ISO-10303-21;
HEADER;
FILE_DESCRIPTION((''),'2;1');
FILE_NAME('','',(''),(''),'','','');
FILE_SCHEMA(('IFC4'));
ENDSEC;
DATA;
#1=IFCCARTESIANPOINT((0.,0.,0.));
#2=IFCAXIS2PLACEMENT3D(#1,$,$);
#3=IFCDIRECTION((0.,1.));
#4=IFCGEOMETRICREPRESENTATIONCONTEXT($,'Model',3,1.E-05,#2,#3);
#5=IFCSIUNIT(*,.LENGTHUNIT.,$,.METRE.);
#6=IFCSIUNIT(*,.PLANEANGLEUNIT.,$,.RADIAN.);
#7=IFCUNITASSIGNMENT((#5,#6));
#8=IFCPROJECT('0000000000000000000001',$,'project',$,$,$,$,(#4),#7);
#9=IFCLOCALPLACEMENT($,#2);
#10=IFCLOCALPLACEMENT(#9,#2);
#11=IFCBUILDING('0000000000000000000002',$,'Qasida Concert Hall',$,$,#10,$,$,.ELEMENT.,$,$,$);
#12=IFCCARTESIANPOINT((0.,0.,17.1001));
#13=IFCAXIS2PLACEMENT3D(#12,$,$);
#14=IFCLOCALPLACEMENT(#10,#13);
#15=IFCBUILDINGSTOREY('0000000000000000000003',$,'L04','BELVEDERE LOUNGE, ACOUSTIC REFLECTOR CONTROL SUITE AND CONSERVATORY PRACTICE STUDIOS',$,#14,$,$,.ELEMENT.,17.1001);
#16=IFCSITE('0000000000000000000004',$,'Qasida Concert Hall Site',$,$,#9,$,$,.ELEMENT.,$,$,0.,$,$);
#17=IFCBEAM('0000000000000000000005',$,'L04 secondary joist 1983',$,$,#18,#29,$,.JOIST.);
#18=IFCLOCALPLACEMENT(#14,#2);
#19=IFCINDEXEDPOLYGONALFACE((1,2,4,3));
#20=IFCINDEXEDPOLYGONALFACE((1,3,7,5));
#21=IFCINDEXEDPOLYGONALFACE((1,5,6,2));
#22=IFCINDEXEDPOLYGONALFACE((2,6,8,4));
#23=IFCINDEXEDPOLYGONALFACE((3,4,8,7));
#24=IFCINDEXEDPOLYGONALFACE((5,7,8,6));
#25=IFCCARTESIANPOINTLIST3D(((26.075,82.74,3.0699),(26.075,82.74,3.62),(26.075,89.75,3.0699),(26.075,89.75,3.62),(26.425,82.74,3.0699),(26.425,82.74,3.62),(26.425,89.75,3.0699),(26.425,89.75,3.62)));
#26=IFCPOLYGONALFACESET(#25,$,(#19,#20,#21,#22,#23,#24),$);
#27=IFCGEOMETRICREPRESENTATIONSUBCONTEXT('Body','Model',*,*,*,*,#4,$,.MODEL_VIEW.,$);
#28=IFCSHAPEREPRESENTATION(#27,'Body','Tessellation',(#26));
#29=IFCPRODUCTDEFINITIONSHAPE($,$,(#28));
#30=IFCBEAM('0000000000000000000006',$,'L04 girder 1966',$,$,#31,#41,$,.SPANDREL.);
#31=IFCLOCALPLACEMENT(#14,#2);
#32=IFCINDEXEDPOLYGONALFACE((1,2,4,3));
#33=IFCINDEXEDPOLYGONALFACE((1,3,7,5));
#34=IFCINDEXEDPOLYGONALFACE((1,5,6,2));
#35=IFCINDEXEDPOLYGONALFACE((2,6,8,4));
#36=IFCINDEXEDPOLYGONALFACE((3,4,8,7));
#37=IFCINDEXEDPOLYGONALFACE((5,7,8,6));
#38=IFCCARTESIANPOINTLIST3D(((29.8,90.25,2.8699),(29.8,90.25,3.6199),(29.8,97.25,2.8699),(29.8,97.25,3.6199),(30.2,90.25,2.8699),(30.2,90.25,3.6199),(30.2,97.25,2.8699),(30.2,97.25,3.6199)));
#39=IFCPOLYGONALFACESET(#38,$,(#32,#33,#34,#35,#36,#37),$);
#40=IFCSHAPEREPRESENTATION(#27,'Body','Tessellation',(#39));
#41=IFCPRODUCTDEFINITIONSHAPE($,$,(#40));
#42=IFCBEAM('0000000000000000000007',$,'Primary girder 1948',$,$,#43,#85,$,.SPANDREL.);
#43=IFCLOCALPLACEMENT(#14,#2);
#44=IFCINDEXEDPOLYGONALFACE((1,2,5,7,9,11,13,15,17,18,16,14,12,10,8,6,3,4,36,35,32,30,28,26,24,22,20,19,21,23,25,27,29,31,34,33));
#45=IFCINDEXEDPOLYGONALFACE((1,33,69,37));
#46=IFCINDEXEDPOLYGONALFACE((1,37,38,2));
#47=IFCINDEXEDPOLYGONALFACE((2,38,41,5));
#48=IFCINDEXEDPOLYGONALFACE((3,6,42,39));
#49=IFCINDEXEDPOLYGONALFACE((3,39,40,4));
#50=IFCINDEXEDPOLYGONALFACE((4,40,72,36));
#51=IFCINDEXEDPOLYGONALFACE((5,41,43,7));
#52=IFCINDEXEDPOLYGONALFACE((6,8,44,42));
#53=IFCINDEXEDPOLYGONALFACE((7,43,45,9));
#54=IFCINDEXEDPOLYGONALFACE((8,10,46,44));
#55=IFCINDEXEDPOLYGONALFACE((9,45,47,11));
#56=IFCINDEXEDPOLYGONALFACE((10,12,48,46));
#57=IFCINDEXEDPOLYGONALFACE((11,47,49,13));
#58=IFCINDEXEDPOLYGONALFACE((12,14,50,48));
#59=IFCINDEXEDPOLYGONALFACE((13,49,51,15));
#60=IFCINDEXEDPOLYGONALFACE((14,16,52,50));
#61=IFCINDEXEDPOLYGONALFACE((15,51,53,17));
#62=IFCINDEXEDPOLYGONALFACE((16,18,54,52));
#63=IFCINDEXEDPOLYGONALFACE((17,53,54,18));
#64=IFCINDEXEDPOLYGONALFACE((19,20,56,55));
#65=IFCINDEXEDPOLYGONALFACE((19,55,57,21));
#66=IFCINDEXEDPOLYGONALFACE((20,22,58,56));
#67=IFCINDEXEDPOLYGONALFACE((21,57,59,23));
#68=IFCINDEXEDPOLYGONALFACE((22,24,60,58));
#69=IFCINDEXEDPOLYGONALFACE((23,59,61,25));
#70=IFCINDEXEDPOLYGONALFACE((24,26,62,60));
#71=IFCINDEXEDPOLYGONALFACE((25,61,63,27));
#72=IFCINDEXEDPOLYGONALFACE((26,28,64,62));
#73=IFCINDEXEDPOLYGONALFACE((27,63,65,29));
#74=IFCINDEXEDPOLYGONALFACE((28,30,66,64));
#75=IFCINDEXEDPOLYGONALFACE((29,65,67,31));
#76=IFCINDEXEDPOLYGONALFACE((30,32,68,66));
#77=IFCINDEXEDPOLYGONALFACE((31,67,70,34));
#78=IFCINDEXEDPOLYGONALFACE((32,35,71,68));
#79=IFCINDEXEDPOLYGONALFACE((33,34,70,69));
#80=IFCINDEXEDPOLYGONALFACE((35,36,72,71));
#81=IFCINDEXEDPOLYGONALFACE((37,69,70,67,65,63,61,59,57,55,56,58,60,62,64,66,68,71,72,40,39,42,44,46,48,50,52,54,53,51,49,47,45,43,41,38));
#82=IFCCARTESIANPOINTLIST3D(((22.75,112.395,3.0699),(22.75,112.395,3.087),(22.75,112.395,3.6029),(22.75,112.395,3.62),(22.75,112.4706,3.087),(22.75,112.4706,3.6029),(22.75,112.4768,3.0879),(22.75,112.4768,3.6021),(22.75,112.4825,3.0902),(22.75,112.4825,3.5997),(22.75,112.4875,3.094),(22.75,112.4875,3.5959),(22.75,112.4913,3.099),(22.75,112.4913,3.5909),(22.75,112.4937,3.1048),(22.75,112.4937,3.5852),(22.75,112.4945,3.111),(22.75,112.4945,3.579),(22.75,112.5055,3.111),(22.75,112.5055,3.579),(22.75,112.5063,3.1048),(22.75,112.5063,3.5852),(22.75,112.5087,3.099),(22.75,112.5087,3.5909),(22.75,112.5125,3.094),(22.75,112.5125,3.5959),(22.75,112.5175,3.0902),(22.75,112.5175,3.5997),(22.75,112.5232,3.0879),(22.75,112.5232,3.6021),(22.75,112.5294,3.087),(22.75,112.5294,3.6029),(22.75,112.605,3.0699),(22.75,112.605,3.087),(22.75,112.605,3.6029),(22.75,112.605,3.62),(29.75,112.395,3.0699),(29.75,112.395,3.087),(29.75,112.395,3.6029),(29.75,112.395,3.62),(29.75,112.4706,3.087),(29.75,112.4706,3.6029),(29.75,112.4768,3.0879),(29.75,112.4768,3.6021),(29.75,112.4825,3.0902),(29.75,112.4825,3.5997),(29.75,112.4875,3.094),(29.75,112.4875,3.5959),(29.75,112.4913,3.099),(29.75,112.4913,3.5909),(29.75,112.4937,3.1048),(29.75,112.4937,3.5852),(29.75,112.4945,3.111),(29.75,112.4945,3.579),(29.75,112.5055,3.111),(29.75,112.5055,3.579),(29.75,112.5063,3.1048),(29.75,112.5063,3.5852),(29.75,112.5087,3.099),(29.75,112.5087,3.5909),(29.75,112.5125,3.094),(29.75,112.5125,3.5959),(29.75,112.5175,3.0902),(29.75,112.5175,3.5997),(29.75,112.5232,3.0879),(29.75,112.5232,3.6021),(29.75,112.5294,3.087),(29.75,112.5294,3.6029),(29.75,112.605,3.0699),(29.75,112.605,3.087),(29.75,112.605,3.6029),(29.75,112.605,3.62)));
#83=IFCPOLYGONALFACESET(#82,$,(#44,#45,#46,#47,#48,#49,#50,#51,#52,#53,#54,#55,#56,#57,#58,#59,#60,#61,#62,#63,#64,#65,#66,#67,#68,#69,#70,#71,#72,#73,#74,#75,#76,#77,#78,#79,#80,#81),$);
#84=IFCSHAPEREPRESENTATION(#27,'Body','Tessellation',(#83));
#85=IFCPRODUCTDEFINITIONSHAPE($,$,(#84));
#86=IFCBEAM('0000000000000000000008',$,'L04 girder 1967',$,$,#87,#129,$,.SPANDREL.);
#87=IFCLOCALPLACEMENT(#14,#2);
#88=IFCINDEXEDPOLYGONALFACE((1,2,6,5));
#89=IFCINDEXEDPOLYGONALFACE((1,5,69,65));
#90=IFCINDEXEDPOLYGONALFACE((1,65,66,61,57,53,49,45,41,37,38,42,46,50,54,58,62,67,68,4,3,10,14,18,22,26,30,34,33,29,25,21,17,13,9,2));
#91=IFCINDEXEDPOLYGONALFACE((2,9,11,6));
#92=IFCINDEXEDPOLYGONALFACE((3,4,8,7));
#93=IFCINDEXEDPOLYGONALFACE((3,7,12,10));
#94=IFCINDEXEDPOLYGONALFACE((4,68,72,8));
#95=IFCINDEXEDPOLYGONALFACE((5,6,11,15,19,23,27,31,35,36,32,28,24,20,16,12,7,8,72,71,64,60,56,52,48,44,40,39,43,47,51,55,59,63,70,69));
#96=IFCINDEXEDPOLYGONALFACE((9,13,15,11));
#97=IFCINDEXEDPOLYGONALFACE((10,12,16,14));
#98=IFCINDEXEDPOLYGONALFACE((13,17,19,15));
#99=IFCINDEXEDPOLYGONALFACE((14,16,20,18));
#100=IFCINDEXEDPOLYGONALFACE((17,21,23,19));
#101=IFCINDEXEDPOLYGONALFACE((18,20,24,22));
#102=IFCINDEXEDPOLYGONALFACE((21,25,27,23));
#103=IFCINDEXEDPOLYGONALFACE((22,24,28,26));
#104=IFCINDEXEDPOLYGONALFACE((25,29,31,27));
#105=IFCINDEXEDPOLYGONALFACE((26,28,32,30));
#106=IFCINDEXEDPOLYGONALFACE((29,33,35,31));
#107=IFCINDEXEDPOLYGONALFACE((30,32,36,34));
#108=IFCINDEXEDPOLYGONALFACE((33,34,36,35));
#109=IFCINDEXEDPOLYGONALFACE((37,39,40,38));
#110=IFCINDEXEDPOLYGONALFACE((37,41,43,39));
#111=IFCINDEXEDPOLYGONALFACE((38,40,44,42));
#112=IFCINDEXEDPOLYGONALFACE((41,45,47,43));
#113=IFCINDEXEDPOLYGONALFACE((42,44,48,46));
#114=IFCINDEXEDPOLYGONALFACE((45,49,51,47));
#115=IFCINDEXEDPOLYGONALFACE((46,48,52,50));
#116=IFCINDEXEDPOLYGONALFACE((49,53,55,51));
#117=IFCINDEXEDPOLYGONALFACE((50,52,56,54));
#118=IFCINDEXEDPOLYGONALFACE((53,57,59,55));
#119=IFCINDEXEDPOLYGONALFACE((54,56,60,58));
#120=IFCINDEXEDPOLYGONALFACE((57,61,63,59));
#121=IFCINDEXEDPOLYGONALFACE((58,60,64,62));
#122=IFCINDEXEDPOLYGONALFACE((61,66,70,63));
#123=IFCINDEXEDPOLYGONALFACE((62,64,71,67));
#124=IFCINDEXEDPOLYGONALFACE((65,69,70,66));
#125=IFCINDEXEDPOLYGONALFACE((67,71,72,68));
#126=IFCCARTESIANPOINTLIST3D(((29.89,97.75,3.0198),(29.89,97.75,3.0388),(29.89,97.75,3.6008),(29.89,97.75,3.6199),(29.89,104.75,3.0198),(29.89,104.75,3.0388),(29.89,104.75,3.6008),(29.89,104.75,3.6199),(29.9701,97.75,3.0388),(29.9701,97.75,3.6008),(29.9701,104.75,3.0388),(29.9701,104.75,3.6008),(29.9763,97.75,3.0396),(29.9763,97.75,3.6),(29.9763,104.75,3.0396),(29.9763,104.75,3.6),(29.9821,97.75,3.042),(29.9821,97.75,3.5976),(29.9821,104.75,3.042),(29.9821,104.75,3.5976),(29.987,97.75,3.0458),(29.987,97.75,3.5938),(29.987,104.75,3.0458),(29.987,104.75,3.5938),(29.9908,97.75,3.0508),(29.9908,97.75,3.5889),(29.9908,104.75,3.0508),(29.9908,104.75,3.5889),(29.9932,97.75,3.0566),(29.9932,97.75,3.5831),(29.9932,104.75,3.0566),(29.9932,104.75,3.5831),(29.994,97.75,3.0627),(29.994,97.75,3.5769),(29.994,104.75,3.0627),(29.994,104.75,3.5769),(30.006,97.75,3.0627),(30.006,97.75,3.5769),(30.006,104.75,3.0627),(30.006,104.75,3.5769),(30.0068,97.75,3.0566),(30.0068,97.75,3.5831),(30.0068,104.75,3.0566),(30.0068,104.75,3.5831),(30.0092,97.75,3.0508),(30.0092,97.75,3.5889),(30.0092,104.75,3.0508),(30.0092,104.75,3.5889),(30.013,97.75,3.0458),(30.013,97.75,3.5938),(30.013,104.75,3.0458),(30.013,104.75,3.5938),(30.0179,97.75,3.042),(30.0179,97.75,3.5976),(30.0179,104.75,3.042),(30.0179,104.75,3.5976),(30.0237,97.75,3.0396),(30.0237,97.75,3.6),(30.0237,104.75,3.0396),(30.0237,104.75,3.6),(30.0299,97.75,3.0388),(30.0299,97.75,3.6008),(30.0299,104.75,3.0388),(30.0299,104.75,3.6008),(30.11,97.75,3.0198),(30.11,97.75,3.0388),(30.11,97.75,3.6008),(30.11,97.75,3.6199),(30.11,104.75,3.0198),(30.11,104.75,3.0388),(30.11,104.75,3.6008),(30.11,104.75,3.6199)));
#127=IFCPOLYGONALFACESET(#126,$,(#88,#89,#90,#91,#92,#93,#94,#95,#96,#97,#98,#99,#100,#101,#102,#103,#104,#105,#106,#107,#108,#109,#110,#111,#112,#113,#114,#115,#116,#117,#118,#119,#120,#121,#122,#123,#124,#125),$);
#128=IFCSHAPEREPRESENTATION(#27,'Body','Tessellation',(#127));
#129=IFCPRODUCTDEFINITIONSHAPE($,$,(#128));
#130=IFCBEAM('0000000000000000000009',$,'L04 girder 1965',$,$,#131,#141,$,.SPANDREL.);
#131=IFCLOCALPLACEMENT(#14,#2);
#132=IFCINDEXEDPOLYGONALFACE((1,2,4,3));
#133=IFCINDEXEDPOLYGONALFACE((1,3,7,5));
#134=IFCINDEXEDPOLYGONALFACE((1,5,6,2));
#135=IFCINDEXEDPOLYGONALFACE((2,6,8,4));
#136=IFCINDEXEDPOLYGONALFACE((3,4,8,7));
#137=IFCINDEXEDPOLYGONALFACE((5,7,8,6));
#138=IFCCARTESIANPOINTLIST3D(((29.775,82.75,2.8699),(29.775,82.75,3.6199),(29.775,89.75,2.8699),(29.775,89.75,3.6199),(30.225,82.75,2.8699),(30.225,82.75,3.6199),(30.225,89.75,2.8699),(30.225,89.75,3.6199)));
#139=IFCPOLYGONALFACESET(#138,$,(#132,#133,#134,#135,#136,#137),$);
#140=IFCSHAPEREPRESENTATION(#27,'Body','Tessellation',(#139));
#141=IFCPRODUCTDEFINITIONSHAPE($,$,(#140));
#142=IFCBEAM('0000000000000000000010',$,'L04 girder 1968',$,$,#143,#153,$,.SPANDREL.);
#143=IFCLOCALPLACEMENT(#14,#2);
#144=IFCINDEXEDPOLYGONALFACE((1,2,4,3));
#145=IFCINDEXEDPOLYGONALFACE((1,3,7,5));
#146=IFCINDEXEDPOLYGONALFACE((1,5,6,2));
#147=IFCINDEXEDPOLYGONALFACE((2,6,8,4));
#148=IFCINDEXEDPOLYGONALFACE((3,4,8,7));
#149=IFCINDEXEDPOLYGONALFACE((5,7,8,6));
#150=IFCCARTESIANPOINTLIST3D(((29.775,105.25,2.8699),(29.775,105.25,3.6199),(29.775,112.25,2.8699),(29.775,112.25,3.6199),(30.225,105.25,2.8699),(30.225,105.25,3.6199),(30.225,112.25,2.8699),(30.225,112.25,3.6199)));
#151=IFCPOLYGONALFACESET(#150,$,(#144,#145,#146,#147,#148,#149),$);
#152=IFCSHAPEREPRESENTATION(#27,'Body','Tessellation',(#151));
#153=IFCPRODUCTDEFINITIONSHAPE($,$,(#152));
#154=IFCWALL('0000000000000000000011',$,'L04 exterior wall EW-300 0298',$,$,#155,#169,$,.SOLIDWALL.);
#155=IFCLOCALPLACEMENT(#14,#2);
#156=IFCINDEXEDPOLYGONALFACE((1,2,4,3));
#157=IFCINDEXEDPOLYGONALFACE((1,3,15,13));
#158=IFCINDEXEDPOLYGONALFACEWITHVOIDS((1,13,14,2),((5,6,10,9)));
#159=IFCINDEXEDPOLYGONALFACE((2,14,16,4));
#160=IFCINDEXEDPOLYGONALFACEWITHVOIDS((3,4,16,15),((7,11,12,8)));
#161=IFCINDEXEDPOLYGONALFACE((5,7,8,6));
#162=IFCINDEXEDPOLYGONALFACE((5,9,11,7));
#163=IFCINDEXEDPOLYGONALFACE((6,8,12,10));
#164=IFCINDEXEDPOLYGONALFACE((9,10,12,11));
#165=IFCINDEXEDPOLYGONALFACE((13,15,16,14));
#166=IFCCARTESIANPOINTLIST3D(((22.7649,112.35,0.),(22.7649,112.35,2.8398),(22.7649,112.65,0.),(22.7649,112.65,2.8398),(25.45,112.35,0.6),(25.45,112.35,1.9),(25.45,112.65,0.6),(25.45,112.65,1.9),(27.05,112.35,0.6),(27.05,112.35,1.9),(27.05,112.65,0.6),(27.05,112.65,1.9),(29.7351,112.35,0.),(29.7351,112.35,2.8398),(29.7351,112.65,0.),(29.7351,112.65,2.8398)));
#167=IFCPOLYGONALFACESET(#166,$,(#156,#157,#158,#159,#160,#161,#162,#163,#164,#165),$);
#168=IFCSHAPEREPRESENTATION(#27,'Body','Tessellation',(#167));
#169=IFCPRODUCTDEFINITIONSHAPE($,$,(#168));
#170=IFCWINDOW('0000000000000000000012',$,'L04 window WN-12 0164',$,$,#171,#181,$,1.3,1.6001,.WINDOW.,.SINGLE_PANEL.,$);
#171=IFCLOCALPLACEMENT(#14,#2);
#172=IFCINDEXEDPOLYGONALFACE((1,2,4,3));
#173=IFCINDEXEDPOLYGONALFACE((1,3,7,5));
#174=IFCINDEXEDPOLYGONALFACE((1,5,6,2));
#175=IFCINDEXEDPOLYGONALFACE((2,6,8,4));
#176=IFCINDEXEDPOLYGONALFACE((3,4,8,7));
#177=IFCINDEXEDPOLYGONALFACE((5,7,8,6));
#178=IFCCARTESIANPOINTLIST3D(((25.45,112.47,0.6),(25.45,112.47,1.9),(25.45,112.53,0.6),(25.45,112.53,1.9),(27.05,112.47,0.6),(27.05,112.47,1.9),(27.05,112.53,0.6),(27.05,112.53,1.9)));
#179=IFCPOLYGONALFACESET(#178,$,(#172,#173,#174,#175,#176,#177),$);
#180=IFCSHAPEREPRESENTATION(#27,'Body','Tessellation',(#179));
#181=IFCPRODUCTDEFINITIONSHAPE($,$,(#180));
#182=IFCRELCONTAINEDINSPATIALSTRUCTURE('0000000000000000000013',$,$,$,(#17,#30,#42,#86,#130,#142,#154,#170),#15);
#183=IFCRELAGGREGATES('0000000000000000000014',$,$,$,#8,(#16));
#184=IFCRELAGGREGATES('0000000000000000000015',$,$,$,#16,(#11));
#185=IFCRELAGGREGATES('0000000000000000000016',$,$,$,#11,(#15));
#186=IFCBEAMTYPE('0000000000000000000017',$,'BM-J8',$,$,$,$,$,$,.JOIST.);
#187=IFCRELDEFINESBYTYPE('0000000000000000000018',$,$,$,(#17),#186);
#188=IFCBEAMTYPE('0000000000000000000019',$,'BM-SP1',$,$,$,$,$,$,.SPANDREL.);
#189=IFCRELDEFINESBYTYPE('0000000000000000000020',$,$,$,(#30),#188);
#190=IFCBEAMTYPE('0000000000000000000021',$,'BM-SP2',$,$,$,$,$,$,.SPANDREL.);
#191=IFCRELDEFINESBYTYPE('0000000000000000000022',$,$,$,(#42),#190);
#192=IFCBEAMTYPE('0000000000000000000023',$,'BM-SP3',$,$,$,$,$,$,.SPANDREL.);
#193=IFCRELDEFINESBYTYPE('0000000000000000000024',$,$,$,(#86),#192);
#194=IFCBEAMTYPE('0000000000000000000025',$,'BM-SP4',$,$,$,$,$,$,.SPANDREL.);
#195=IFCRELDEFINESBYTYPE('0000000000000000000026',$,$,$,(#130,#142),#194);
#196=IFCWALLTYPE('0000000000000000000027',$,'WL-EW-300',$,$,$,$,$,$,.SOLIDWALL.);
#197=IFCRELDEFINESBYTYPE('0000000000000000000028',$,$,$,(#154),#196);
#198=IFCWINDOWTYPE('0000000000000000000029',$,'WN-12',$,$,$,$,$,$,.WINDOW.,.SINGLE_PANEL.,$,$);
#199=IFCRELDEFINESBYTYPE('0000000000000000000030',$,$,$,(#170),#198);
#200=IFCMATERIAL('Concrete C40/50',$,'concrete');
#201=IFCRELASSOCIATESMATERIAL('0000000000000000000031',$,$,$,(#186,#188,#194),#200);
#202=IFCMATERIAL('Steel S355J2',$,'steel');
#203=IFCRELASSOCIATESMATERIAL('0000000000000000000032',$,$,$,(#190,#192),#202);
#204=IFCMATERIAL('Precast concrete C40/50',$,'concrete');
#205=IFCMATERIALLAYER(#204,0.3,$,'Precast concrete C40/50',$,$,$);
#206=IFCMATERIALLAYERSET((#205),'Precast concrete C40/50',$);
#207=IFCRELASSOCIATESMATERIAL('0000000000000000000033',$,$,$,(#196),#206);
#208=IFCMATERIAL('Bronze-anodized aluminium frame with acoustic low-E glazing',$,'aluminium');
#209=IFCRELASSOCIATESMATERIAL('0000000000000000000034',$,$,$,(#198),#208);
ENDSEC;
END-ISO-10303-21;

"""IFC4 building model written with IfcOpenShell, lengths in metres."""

from ifc_helpers import new_model, si_unit, direction, frame, frame_2d, origin, origin_2d, place, context, subcontext, project, spatial, rectangle, i_section, extrude, material, layer, layer_set, material_profile, profile_set, type_object, element, fill, save


model = new_model("IFC4")

# Units and contexts
model_context = context("Model", 3, precision=1e-05, world=origin(), true_north=direction((0.0, 1.0)))
body_context = subcontext(model_context, "Body", "Model", "MODEL_VIEW")
ifc_project = project(units=[si_unit("LENGTHUNIT", "METRE"), si_unit("PLANEANGLEUNIT", "RADIAN")], contexts=[model_context])

# Site, building, storey
site_placement = place(None, origin())
site = spatial("IfcSite", under=ifc_project, at=site_placement, Name="Qasida Concert Hall Site", CompositionType="ELEMENT", RefElevation=0.0)
building_placement = place(site_placement, origin())
building = spatial("IfcBuilding", under=site, at=building_placement, Name="Qasida Concert Hall", CompositionType="ELEMENT")
storey_placement = place(building_placement, frame((0.0, 0.0, 17.1001)))
storey = spatial("IfcBuildingStorey", under=building, at=storey_placement, Name="L04", Description="BELVEDERE LOUNGE, ACOUSTIC REFLECTOR CONTROL SUITE AND CONSERVATORY PRACTICE STUDIOS", CompositionType="ELEMENT", Elevation=17.1001)

# Beams
ifc_material_1 = material(Name="Concrete C40/50", Category="concrete")
ifc_material_2 = material(Name="Steel S355J2", Category="steel")
ifc_material_profile_1 = material_profile(ifc_material_1, rectangle(XDim=0.3501, YDim=0.55, at=origin_2d()), Name="RC 350x550")
ifc_profile_set_1 = profile_set([ifc_material_profile_1], Name="Concrete C40/50")
beam_type_1 = type_object("IfcBeamType", Name="BM-J8", PredefinedType="JOIST", material=ifc_profile_set_1)
beam_1_placement = place(storey_placement, frame((26.25, 82.74, 3.345), z_axis=(0.0, 1.0, 0.0), x_axis=(-1.0, 0.0, 0.0)))
element("IfcBeam", 1, at=beam_1_placement, inside=storey, type_object=beam_type_1, Name="L04 secondary joist 1983", PredefinedType="JOIST", context=body_context, shape_type="SweptSolid", body=[
    extrude(rectangle(XDim=0.3501, YDim=0.55, at=origin_2d()), origin(), (0.0, 0.0, 1.0), 7.01),
])
ifc_material_profile_2 = material_profile(ifc_material_1, rectangle(XDim=0.3999, YDim=0.75, at=origin_2d()), Name="RC 400x750")
ifc_profile_set_2 = profile_set([ifc_material_profile_2], Name="Concrete C40/50")
beam_type_2 = type_object("IfcBeamType", Name="BM-SP1", PredefinedType="SPANDREL", material=ifc_profile_set_2)
beam_2_placement = place(storey_placement, frame((30.0, 90.25, 3.2449), z_axis=(0.0, 1.0, 0.0), x_axis=(-1.0, 0.0, 0.0)))
element("IfcBeam", 2, at=beam_2_placement, inside=storey, type_object=beam_type_2, Name="L04 girder 1966", PredefinedType="SPANDREL", context=body_context, shape_type="SweptSolid", body=[
    extrude(rectangle(XDim=0.3999, YDim=0.75, at=origin_2d()), origin(), (0.0, 0.0, 1.0), 7.0),
])
ifc_material_profile_3 = material_profile(ifc_material_2, i_section(OverallWidth=0.21, OverallDepth=0.55, WebThickness=0.011, FlangeThickness=0.0171, FilletRadius=0.0239, at=origin_2d()), Name="IPE 550")
ifc_profile_set_3 = profile_set([ifc_material_profile_3], Name="Steel S355J2")
beam_type_3 = type_object("IfcBeamType", Name="BM-SP2", PredefinedType="SPANDREL", material=ifc_profile_set_3)
beam_3_placement = place(storey_placement, frame((22.75, 112.5, 3.345), z_axis=(1.0, 0.0, 0.0), x_axis=(0.0, 1.0, 0.0)))
element("IfcBeam", 3, at=beam_3_placement, inside=storey, type_object=beam_type_3, Name="Primary girder 1948", PredefinedType="SPANDREL", context=body_context, shape_type="SweptSolid", body=[
    extrude(i_section(OverallWidth=0.21, OverallDepth=0.55, WebThickness=0.011, FlangeThickness=0.0171, FilletRadius=0.0239, at=origin_2d()), origin(), (0.0, 0.0, 1.0), 7.0),
])
ifc_material_profile_4 = material_profile(ifc_material_2, i_section(OverallWidth=0.22, OverallDepth=0.6001, WebThickness=0.012, FlangeThickness=0.019, FilletRadius=0.0239, at=origin_2d()), Name="IPE 600")
ifc_profile_set_4 = profile_set([ifc_material_profile_4], Name="Steel S355J2")
beam_type_4 = type_object("IfcBeamType", Name="BM-SP3", PredefinedType="SPANDREL", material=ifc_profile_set_4)
beam_4_placement = place(storey_placement, frame((30.0, 97.75, 3.3198), z_axis=(0.0, 1.0, 0.0), x_axis=(-1.0, 0.0, 0.0)))
element("IfcBeam", 4, at=beam_4_placement, inside=storey, type_object=beam_type_4, Name="L04 girder 1967", PredefinedType="SPANDREL", context=body_context, shape_type="SweptSolid", body=[
    extrude(i_section(OverallWidth=0.22, OverallDepth=0.6001, WebThickness=0.012, FlangeThickness=0.019, FilletRadius=0.0239, at=origin_2d()), origin(), (0.0, 0.0, 1.0), 7.0),
])
ifc_material_profile_5 = material_profile(ifc_material_1, rectangle(XDim=0.45, YDim=0.75, at=origin_2d()), Name="RC 450x750")
ifc_profile_set_5 = profile_set([ifc_material_profile_5], Name="Concrete C40/50")
beam_type_5 = type_object("IfcBeamType", Name="BM-SP4", PredefinedType="SPANDREL", material=ifc_profile_set_5)
for number, where, z_axis, x_axis, name in (
    (5, (30.0, 82.75, 3.2449), (0.0, 1.0, 0.0), (-1.0, 0.0, 0.0), "L04 girder 1965"),
    (6, (30.0, 105.25, 3.2449), (0.0, 1.0, 0.0), (-1.0, 0.0, 0.0), "L04 girder 1968"),
):
    element("IfcBeam", number, at=place(storey_placement, frame(where, z_axis=z_axis, x_axis=x_axis)), inside=storey, type_object=beam_type_5, Name=name, PredefinedType="SPANDREL", context=body_context, shape_type="SweptSolid", body=[
        extrude(rectangle(XDim=0.45, YDim=0.75, at=origin_2d()), origin(), (0.0, 0.0, 1.0), 7.0),
    ])

# Shared definitions
ifc_material_3 = material(Name="Precast concrete C40/50", Category="concrete")

# Wall, opening, window
ifc_layer_1 = layer(ifc_material_3, 0.3, Name="Precast concrete C40/50")
ifc_layer_set_1 = layer_set([ifc_layer_1], Name="Precast concrete C40/50")
wall_type_1 = type_object("IfcWallType", Name="WL-EW-300", PredefinedType="SOLIDWALL", material=ifc_layer_set_1)
wall_1_placement = place(storey_placement, frame((22.7649, 112.5, 0.0), z_axis=(0.0, 0.0, 1.0), x_axis=(1.0, 0.0, 0.0)))
wall_1 = element("IfcWall", 7, at=wall_1_placement, inside=storey, type_object=wall_type_1, Name="L04 exterior wall EW-300 0298", PredefinedType="SOLIDWALL", context=body_context, shape_type="SweptSolid", body=[
    extrude(rectangle(XDim=6.9702, YDim=0.3, at=frame_2d((3.4851, 0.0))), origin(), (0.0, 0.0, 1.0), 2.8398),
])
opening_1_placement = place(wall_1_placement, frame((2.6851, 0.0, 0.6001)))
opening_1 = element("IfcOpeningElement", 8, at=opening_1_placement, cuts=wall_1, PredefinedType="OPENING", context=body_context, shape_type="SweptSolid", body=[
    extrude(rectangle(XDim=1.6001, YDim=1.3, at=frame_2d((0.8, 0.6499))), frame((0.0, 0.1599, 0.0), z_axis=(0.0, -1.0, 0.0), x_axis=(1.0, 0.0, 0.0)), (0.0, 0.0, 1.0), 0.3201),
])
ifc_material_4 = material(Name="Bronze-anodized aluminium frame with acoustic low-E glazing", Category="aluminium")
window_type_1 = type_object("IfcWindowType", Name="WN-12", PartitioningType="SINGLE_PANEL", PredefinedType="WINDOW", material=ifc_material_4)
window_1_placement = place(opening_1_placement, origin())
window_1 = element("IfcWindow", 9, at=window_1_placement, inside=storey, type_object=window_type_1, Name="L04 window WN-12 0164", OverallHeight=1.3, OverallWidth=1.6001, PartitioningType="SINGLE_PANEL", PredefinedType="WINDOW", context=body_context, shape_type="SweptSolid", body=[
    extrude(rectangle(XDim=1.6001, YDim=1.3, at=frame_2d((0.8, 0.6499))), frame((0.0, 0.03, 0.0), z_axis=(0.0, -1.0, 0.0), x_axis=(1.0, 0.0, 0.0)), (0.0, 0.0, 1.0), 0.0601),
])
fill(opening_1, window_1)

save(model, "model.ifc")
